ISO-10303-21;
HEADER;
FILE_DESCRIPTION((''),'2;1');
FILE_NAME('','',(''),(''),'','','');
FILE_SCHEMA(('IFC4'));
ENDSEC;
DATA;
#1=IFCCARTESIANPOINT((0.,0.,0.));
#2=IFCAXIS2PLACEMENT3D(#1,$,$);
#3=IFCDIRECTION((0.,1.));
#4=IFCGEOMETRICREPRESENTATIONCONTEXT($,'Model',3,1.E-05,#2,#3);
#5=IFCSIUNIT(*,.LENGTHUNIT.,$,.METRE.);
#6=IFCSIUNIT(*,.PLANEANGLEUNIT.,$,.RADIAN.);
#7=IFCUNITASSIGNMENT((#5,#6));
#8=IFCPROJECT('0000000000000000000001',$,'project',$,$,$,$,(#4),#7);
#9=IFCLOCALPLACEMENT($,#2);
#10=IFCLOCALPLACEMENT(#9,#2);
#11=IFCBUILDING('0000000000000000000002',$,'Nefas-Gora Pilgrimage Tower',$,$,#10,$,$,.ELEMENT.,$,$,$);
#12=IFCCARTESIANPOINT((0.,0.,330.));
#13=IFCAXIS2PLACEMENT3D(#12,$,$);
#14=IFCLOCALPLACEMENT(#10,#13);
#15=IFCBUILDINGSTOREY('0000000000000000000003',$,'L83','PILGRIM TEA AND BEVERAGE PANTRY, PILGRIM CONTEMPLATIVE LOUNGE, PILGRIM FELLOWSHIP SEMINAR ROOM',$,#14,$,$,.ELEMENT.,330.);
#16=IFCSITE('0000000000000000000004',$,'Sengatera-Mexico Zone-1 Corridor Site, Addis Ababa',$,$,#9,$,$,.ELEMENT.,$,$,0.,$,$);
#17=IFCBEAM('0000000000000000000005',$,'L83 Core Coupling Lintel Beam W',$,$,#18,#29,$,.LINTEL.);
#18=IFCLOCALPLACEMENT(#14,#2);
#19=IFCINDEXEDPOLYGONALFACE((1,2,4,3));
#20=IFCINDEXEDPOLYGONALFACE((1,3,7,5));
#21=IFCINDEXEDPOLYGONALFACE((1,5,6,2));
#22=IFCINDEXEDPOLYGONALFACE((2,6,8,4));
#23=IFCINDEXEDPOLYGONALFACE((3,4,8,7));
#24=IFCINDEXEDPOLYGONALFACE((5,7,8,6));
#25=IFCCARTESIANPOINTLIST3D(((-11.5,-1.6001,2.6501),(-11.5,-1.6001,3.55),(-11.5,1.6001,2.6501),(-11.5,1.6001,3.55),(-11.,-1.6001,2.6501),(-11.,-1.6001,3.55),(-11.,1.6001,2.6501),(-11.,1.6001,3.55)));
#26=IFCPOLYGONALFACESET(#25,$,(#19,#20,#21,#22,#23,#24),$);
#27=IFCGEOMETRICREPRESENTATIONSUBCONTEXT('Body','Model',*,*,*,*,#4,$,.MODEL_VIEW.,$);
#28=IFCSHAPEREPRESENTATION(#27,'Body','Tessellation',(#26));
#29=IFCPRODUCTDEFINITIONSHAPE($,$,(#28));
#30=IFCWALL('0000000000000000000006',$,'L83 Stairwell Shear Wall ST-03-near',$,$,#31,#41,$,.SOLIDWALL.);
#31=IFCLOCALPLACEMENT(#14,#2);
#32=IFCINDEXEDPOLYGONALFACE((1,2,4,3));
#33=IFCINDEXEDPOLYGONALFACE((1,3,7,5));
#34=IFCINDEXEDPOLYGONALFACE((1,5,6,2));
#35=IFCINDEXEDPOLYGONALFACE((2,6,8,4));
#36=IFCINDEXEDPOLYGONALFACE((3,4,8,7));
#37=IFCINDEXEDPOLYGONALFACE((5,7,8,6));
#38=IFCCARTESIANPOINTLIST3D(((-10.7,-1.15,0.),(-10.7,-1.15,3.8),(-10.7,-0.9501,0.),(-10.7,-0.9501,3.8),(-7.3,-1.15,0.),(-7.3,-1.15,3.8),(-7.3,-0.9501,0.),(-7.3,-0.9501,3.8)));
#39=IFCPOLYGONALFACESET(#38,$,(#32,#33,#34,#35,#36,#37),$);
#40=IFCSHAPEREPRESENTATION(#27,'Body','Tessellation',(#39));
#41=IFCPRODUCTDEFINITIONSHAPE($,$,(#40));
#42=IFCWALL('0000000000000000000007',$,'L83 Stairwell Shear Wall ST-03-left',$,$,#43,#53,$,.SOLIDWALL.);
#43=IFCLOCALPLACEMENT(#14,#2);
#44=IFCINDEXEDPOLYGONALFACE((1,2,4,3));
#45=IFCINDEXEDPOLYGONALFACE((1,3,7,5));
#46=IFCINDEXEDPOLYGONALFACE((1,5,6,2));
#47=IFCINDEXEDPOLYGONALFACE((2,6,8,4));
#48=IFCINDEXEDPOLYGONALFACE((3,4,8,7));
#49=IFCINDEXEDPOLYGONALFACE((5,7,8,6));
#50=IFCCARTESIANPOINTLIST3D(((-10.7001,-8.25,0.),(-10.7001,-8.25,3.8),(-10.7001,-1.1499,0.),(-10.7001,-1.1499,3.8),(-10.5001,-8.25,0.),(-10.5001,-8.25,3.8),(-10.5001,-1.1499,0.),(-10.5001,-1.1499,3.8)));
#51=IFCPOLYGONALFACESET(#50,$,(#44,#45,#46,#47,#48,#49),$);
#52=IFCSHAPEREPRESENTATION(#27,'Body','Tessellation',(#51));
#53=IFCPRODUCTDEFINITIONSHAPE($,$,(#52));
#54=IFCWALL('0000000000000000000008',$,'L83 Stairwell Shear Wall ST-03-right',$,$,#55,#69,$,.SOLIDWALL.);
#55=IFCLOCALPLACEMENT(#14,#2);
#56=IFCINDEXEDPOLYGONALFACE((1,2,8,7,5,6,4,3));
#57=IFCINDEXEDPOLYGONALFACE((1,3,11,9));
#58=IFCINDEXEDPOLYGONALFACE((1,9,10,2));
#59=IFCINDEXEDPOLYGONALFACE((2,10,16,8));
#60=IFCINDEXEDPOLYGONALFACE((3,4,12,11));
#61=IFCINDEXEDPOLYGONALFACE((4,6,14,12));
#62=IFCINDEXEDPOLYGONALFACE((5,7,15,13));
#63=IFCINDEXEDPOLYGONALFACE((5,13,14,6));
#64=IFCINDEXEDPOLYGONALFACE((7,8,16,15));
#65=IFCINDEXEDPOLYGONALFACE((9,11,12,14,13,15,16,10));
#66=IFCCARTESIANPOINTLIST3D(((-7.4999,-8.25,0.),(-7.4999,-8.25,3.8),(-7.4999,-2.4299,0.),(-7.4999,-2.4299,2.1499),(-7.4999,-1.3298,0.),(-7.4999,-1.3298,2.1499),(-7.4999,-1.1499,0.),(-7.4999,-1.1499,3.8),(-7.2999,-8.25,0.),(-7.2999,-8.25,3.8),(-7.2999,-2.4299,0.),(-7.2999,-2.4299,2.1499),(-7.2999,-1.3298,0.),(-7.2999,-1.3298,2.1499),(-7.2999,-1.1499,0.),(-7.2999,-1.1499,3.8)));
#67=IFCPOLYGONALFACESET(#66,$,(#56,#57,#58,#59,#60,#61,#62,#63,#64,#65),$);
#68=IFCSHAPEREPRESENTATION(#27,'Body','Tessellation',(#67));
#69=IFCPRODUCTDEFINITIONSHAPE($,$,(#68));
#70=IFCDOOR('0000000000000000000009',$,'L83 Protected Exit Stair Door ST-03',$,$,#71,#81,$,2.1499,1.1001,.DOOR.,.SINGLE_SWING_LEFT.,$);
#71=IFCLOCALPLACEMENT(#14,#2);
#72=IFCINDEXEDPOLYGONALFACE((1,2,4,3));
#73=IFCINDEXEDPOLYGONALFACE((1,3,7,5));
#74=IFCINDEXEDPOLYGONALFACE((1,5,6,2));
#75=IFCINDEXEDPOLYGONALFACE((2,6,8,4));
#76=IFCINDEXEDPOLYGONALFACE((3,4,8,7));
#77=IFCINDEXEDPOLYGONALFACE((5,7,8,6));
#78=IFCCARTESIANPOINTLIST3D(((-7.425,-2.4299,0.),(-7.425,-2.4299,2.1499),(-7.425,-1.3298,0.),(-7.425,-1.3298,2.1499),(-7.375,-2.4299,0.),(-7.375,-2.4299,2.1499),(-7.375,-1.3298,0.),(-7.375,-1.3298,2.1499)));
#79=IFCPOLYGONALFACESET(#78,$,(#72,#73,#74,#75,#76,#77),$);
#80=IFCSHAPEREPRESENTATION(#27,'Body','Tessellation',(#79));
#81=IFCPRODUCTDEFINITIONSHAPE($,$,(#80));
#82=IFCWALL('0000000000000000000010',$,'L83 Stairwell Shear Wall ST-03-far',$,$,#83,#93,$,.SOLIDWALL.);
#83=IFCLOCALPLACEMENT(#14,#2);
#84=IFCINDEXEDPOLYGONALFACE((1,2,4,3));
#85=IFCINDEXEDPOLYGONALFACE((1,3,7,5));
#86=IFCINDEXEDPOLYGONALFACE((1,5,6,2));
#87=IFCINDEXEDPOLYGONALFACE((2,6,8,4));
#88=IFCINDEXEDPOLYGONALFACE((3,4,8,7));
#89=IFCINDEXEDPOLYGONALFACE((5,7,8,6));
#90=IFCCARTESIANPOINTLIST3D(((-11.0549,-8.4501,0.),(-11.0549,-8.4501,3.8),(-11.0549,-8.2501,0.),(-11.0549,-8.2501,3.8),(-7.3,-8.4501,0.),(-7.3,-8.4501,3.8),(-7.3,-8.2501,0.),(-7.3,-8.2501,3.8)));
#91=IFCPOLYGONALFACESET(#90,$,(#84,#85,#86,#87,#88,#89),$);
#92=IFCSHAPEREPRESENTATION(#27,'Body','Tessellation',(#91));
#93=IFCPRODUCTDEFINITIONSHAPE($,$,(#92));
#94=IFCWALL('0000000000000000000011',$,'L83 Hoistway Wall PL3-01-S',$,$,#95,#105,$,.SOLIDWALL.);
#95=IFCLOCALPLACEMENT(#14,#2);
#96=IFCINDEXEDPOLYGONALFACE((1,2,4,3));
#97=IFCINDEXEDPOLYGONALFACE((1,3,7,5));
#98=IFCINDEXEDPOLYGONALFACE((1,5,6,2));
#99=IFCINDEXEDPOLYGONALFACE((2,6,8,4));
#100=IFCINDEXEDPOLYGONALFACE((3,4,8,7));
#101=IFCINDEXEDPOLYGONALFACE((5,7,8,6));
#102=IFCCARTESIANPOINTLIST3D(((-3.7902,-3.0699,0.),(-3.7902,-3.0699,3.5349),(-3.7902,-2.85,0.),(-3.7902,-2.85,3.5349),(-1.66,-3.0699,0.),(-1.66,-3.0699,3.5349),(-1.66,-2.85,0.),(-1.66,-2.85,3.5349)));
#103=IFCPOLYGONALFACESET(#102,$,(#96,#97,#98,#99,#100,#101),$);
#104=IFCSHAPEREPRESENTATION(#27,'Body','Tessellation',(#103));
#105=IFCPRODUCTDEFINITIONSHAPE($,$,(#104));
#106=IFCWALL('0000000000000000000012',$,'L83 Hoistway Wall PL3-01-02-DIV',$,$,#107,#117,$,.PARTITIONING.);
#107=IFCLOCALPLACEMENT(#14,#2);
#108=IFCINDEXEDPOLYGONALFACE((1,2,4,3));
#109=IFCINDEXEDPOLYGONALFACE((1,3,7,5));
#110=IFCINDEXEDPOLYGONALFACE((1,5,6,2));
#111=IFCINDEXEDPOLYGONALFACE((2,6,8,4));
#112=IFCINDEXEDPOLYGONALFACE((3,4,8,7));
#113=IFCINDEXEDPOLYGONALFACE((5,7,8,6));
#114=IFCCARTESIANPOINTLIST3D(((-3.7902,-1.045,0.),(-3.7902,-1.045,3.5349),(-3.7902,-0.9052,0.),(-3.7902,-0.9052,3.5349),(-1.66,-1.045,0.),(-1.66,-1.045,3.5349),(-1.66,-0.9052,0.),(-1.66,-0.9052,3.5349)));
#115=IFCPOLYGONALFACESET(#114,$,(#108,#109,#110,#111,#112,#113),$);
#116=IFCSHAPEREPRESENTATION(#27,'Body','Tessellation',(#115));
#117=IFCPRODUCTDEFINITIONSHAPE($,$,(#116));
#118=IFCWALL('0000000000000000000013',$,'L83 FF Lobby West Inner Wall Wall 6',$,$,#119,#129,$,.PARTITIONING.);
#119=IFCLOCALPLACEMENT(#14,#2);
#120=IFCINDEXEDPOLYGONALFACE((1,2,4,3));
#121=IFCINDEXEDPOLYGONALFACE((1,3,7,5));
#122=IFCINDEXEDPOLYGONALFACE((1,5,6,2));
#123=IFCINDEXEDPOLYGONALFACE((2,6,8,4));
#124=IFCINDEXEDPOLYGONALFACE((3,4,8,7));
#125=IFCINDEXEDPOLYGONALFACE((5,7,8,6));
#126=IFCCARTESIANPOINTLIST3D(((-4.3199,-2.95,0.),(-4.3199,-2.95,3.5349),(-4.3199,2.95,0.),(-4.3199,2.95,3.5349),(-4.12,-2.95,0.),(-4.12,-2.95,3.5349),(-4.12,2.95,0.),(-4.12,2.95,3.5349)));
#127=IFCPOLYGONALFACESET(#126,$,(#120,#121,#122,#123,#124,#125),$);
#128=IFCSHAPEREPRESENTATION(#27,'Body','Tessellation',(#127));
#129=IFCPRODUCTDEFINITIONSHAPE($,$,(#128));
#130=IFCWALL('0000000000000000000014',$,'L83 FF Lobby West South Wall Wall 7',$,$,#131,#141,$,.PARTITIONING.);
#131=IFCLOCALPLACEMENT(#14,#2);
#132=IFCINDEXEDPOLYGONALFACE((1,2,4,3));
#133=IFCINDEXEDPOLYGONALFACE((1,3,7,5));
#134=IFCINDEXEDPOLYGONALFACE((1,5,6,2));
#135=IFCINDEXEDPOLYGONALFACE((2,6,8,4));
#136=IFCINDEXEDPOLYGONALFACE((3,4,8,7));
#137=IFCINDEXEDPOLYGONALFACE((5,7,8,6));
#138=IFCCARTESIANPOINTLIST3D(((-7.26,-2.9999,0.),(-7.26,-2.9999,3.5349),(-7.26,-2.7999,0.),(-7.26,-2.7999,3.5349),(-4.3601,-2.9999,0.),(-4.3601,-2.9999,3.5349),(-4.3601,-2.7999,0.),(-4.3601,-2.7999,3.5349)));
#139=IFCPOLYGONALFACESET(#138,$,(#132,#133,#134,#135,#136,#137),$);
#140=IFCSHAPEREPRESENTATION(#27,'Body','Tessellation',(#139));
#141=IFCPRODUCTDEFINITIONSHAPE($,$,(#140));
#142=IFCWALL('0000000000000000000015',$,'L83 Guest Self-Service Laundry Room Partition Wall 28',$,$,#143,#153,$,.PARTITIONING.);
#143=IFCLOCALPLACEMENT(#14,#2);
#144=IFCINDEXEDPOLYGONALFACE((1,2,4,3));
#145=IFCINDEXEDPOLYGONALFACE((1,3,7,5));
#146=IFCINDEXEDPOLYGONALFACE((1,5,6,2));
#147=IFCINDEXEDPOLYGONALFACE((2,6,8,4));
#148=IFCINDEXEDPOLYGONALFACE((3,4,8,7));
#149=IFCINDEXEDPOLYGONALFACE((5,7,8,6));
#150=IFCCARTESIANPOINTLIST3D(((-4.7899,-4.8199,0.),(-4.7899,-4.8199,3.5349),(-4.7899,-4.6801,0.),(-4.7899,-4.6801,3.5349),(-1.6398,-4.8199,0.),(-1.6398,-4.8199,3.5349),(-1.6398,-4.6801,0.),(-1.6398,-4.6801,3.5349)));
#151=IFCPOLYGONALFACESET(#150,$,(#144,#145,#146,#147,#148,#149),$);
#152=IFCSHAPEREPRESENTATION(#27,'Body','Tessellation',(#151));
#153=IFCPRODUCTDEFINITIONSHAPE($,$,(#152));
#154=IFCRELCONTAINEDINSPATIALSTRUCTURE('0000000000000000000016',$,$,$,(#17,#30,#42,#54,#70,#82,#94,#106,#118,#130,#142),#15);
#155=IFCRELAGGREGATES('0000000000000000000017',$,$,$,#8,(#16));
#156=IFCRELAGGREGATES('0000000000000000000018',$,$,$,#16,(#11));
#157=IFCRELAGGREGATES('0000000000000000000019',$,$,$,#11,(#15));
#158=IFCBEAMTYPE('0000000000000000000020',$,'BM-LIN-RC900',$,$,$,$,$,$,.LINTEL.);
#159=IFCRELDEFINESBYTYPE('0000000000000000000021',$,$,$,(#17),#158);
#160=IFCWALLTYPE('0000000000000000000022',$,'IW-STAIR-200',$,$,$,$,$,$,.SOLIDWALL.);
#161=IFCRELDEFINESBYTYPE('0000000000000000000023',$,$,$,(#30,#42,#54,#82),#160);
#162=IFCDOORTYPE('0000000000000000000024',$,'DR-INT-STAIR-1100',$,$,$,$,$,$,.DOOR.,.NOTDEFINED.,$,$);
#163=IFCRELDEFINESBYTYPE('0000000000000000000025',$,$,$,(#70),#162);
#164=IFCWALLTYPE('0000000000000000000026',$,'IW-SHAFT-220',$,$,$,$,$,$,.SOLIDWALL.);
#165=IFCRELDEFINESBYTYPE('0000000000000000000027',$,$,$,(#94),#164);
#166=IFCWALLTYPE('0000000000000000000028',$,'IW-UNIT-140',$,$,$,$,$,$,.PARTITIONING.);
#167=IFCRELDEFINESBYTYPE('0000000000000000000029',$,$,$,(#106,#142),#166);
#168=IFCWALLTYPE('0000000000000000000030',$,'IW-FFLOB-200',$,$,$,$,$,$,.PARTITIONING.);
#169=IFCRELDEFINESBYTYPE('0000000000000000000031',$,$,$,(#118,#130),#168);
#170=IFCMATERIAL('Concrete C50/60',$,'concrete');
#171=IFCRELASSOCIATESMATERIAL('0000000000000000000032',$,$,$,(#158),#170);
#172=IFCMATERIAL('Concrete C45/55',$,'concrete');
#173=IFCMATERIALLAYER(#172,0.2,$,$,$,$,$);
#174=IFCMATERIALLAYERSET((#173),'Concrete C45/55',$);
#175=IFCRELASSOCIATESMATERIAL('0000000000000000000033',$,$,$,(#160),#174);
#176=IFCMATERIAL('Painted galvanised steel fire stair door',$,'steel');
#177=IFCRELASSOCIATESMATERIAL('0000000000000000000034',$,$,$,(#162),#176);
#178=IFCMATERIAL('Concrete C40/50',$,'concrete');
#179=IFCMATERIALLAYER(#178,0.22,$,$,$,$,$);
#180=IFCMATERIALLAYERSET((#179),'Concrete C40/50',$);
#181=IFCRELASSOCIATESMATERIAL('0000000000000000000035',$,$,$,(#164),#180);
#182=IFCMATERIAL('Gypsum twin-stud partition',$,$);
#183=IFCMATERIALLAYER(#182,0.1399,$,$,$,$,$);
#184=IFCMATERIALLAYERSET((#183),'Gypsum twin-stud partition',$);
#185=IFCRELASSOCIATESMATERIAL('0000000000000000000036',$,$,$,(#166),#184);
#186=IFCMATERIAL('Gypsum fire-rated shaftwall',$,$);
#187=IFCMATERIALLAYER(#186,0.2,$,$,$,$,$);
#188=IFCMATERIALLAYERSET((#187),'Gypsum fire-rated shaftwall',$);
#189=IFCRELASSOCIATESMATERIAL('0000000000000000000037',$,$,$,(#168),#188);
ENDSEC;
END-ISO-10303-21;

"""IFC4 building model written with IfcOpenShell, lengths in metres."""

from ifc_helpers import new_model, si_unit, direction, frame, frame_2d, origin, origin_2d, place, context, subcontext, project, spatial, rectangle, extrude, source, transform, mapped, material, layer, layer_set, material_profile, profile_set, type_object, element, fill, save


model = new_model("IFC4")

# Units and contexts
model_context = context("Model", 3, precision=1e-05, world=origin(), true_north=direction((0.0, 1.0)))
body_context = subcontext(model_context, "Body", "Model", "MODEL_VIEW")
ifc_project = project(units=[si_unit("LENGTHUNIT", "METRE"), si_unit("PLANEANGLEUNIT", "RADIAN")], contexts=[model_context])

# Site, building, storey
site_placement = place(None, origin())
site = spatial("IfcSite", under=ifc_project, at=site_placement, Name="Sengatera-Mexico Zone-1 Corridor Site, Addis Ababa", CompositionType="ELEMENT", RefElevation=0.0)
building_placement = place(site_placement, origin())
building = spatial("IfcBuilding", under=site, at=building_placement, Name="Nefas-Gora Pilgrimage Tower", CompositionType="ELEMENT")
storey_placement = place(building_placement, frame((0.0, 0.0, 330.0)))
storey = spatial("IfcBuildingStorey", under=building, at=storey_placement, Name="L83", Description="PILGRIM TEA AND BEVERAGE PANTRY, PILGRIM CONTEMPLATIVE LOUNGE, PILGRIM FELLOWSHIP SEMINAR ROOM", CompositionType="ELEMENT", Elevation=330.0)

# Beam
ifc_material_1 = material(Name="Concrete C50/60", Category="concrete")
ifc_material_profile = material_profile(ifc_material_1, rectangle(XDim=0.5, YDim=0.8999, at=origin_2d()), Name="RC 500x900")
ifc_profile_set = profile_set([ifc_material_profile], Name="Concrete C50/60")
beam_type = type_object("IfcBeamType", Name="BM-LIN-RC900", PredefinedType="LINTEL", material=ifc_profile_set)
shared_shape_1 = source(origin(), body_context, "Body", "SweptSolid", [
    extrude(rectangle(XDim=0.5, YDim=0.8999, at=origin_2d()), origin(), (0.0, 0.0, 1.0), 3.2002),
])
beam_placement = place(storey_placement, frame((-11.25, -1.6001, 3.1001), z_axis=(0.0, 1.0, 0.0), x_axis=(-1.0, 0.0, 0.0)))
element("IfcBeam", 1, at=beam_placement, inside=storey, type_object=beam_type, Name="L83 Core Coupling Lintel Beam W", PredefinedType="LINTEL", context=body_context, shape_type="MappedRepresentation", body=[
    mapped(shared_shape_1, transform((0.0, 0.0, 0.0), x_axis=(1.0, 0.0, 0.0), y_axis=(0.0, 1.0, 0.0), z_axis=(0.0, 0.0, 1.0), scale=1.0)),
])

# Walls
ifc_material_2 = material(Name="Concrete C45/55", Category="concrete")
ifc_layer_1 = layer(ifc_material_2, 0.2)
ifc_layer_set_1 = layer_set([ifc_layer_1], Name="Concrete C45/55")
wall_type_1 = type_object("IfcWallType", Name="IW-STAIR-200", PredefinedType="SOLIDWALL", material=ifc_layer_set_1)
shared_shape_2 = source(origin(), body_context, "Body", "SweptSolid", [
    extrude(rectangle(XDim=3.3999, YDim=0.2, at=frame_2d((1.7, 0.0))), origin(), (0.0, 0.0, 1.0), 3.8),
])
wall_1_placement = place(storey_placement, frame((-10.7, -1.05, 0.0), z_axis=(0.0, 0.0, 1.0), x_axis=(1.0, 0.0, 0.0)))
element("IfcWall", 2, at=wall_1_placement, inside=storey, type_object=wall_type_1, Name="L83 Stairwell Shear Wall ST-03-near", PredefinedType="SOLIDWALL", context=body_context, shape_type="MappedRepresentation", body=[
    mapped(shared_shape_2, transform((0.0, 0.0, 0.0), x_axis=(1.0, 0.0, 0.0), y_axis=(0.0, 1.0, 0.0), z_axis=(0.0, 0.0, 1.0), scale=1.0)),
])
shared_shape_3 = source(origin(), body_context, "Body", "SweptSolid", [
    extrude(rectangle(XDim=7.1001, YDim=0.2, at=frame_2d((3.55, 0.0))), origin(), (0.0, 0.0, 1.0), 3.8),
])
wall_2_placement = place(storey_placement, frame((-10.6001, -1.1499, 0.0), z_axis=(0.0, 0.0, 1.0), x_axis=(0.0, -1.0, 0.0)))
element("IfcWall", 3, at=wall_2_placement, inside=storey, type_object=wall_type_1, Name="L83 Stairwell Shear Wall ST-03-left", PredefinedType="SOLIDWALL", context=body_context, shape_type="MappedRepresentation", body=[
    mapped(shared_shape_3, transform((0.0, 0.0, 0.0), x_axis=(1.0, 0.0, 0.0), y_axis=(0.0, 1.0, 0.0), z_axis=(0.0, 0.0, 1.0), scale=1.0)),
])

# Wall, opening, door
wall_3_placement = place(storey_placement, frame((-7.3999, -1.1499, 0.0), z_axis=(0.0, 0.0, 1.0), x_axis=(0.0, -1.0, 0.0)))
wall_3 = element("IfcWall", 4, at=wall_3_placement, inside=storey, type_object=wall_type_1, Name="L83 Stairwell Shear Wall ST-03-right", PredefinedType="SOLIDWALL", context=body_context, shape_type="MappedRepresentation", body=[
    mapped(shared_shape_3, transform((0.0, 0.0, 0.0), x_axis=(1.0, 0.0, 0.0), y_axis=(0.0, 1.0, 0.0), z_axis=(0.0, 0.0, 1.0), scale=1.0)),
])
opening_placement = place(wall_3_placement, frame((0.1799, 0.0, 0.0)))
opening = element("IfcOpeningElement", 5, at=opening_placement, cuts=wall_3, PredefinedType="OPENING", context=body_context, shape_type="SweptSolid", body=[
    extrude(rectangle(XDim=1.1001, YDim=2.1499, at=frame_2d((0.55, 1.075))), frame((0.0, 0.1099, 0.0), z_axis=(0.0, -1.0, 0.0), x_axis=(1.0, 0.0, 0.0)), (0.0, 0.0, 1.0), 0.22),
])
ifc_material_3 = material(Name="Painted galvanised steel fire stair door", Category="steel")
door_type = type_object("IfcDoorType", Name="DR-INT-STAIR-1100", OperationType="NOTDEFINED", PredefinedType="DOOR", material=ifc_material_3)
shared_shape_4 = source(origin(), body_context, "Body", "SweptSolid", [
    extrude(rectangle(XDim=1.1001, YDim=2.1499, at=frame_2d((0.55, 1.075))), frame((0.0, 0.0249, 0.0), z_axis=(0.0, -1.0, 0.0), x_axis=(1.0, 0.0, 0.0)), (0.0, 0.0, 1.0), 0.05),
])
door_placement = place(opening_placement, origin())
door = element("IfcDoor", 6, at=door_placement, inside=storey, type_object=door_type, Name="L83 Protected Exit Stair Door ST-03", OperationType="SINGLE_SWING_LEFT", OverallHeight=2.1499, OverallWidth=1.1001, PredefinedType="DOOR", context=body_context, shape_type="MappedRepresentation", body=[
    mapped(shared_shape_4, transform((0.0, 0.0, 0.0), x_axis=(1.0, 0.0, 0.0), y_axis=(0.0, 1.0, 0.0), z_axis=(0.0, 0.0, 1.0), scale=1.0)),
])
fill(opening, door)

# Walls
shared_shape_5 = source(origin(), body_context, "Body", "SweptSolid", [
    extrude(rectangle(XDim=3.7549, YDim=0.2, at=frame_2d((1.8774, 0.0))), origin(), (0.0, 0.0, 1.0), 3.8),
])
wall_4_placement = place(storey_placement, frame((-11.0549, -8.3501, 0.0), z_axis=(0.0, 0.0, 1.0), x_axis=(1.0, 0.0, 0.0)))
element("IfcWall", 7, at=wall_4_placement, inside=storey, type_object=wall_type_1, Name="L83 Stairwell Shear Wall ST-03-far", PredefinedType="SOLIDWALL", context=body_context, shape_type="MappedRepresentation", body=[
    mapped(shared_shape_5, transform((0.0, 0.0, 0.0), x_axis=(1.0, 0.0, 0.0), y_axis=(0.0, 1.0, 0.0), z_axis=(0.0, 0.0, 1.0), scale=1.0)),
])
ifc_material_4 = material(Name="Concrete C40/50", Category="concrete")
ifc_layer_2 = layer(ifc_material_4, 0.22)
ifc_layer_set_2 = layer_set([ifc_layer_2], Name="Concrete C40/50")
wall_type_2 = type_object("IfcWallType", Name="IW-SHAFT-220", PredefinedType="SOLIDWALL", material=ifc_layer_set_2)
shared_shape_6 = source(origin(), body_context, "Body", "SweptSolid", [
    extrude(rectangle(XDim=2.1301, YDim=0.22, at=frame_2d((1.0649, 0.0))), origin(), (0.0, 0.0, 1.0), 3.5349),
])
wall_5_placement = place(storey_placement, frame((-3.79, -2.96, 0.0), z_axis=(0.0, 0.0, 1.0), x_axis=(1.0, 0.0, 0.0)))
element("IfcWall", 8, at=wall_5_placement, inside=storey, type_object=wall_type_2, Name="L83 Hoistway Wall PL3-01-S", PredefinedType="SOLIDWALL", context=body_context, shape_type="MappedRepresentation", body=[
    mapped(shared_shape_6, transform((0.0, 0.0, 0.0), x_axis=(1.0, 0.0, 0.0), y_axis=(0.0, 1.0, 0.0), z_axis=(0.0, 0.0, 1.0), scale=1.0)),
])
ifc_material_5 = material(Name="Gypsum twin-stud partition")
ifc_layer_3 = layer(ifc_material_5, 0.1399)
ifc_layer_set_3 = layer_set([ifc_layer_3], Name="Gypsum twin-stud partition")
wall_type_3 = type_object("IfcWallType", Name="IW-UNIT-140", PredefinedType="PARTITIONING", material=ifc_layer_set_3)
shared_shape_7 = source(origin(), body_context, "Body", "SweptSolid", [
    extrude(rectangle(XDim=2.1301, YDim=0.1399, at=frame_2d((1.0649, 0.0))), origin(), (0.0, 0.0, 1.0), 3.5349),
])
wall_6_placement = place(storey_placement, frame((-3.79, -0.9751, 0.0), z_axis=(0.0, 0.0, 1.0), x_axis=(1.0, 0.0, 0.0)))
element("IfcWall", 9, at=wall_6_placement, inside=storey, type_object=wall_type_3, Name="L83 Hoistway Wall PL3-01-02-DIV", PredefinedType="PARTITIONING", context=body_context, shape_type="MappedRepresentation", body=[
    mapped(shared_shape_7, transform((0.0, 0.0, 0.0), x_axis=(1.0, 0.0, 0.0), y_axis=(0.0, 1.0, 0.0), z_axis=(0.0, 0.0, 1.0), scale=1.0)),
])
ifc_material_6 = material(Name="Gypsum fire-rated shaftwall")
ifc_layer_4 = layer(ifc_material_6, 0.2)
ifc_layer_set_4 = layer_set([ifc_layer_4], Name="Gypsum fire-rated shaftwall")
wall_type_4 = type_object("IfcWallType", Name="IW-FFLOB-200", PredefinedType="PARTITIONING", material=ifc_layer_set_4)
shared_shape_8 = source(origin(), body_context, "Body", "SweptSolid", [
    extrude(rectangle(XDim=5.8999, YDim=0.2, at=frame_2d((2.95, 0.0))), origin(), (0.0, 0.0, 1.0), 3.5349),
])
wall_7_placement = place(storey_placement, frame((-4.22, -2.95, 0.0), z_axis=(0.0, 0.0, 1.0), x_axis=(0.0, 1.0, 0.0)))
element("IfcWall", 10, at=wall_7_placement, inside=storey, type_object=wall_type_4, Name="L83 FF Lobby West Inner Wall Wall 6", PredefinedType="PARTITIONING", context=body_context, shape_type="MappedRepresentation", body=[
    mapped(shared_shape_8, transform((0.0, 0.0, 0.0), x_axis=(1.0, 0.0, 0.0), y_axis=(0.0, 1.0, 0.0), z_axis=(0.0, 0.0, 1.0), scale=1.0)),
])
shared_shape_9 = source(origin(), body_context, "Body", "SweptSolid", [
    extrude(rectangle(XDim=2.8999, YDim=0.2, at=frame_2d((1.45, 0.0))), origin(), (0.0, 0.0, 1.0), 3.5349),
])
wall_8_placement = place(storey_placement, frame((-7.26, -2.8999, 0.0), z_axis=(0.0, 0.0, 1.0), x_axis=(1.0, 0.0, 0.0)))
element("IfcWall", 11, at=wall_8_placement, inside=storey, type_object=wall_type_4, Name="L83 FF Lobby West South Wall Wall 7", PredefinedType="PARTITIONING", context=body_context, shape_type="MappedRepresentation", body=[
    mapped(shared_shape_9, transform((0.0, 0.0, 0.0), x_axis=(1.0, 0.0, 0.0), y_axis=(0.0, 1.0, 0.0), z_axis=(0.0, 0.0, 1.0), scale=1.0)),
])
shared_shape_10 = source(origin(), body_context, "Body", "SweptSolid", [
    extrude(rectangle(XDim=3.1501, YDim=0.1399, at=frame_2d((1.5752, 0.0))), origin(), (0.0, 0.0, 1.0), 3.5349),
])
wall_9_placement = place(storey_placement, frame((-4.79, -4.75, 0.0), z_axis=(0.0, 0.0, 1.0), x_axis=(1.0, 0.0, 0.0)))
element("IfcWall", 12, at=wall_9_placement, inside=storey, type_object=wall_type_3, Name="L83 Guest Self-Service Laundry Room Partition Wall 28", PredefinedType="PARTITIONING", context=body_context, shape_type="MappedRepresentation", body=[
    mapped(shared_shape_10, transform((0.0, 0.0, 0.0), x_axis=(1.0, 0.0, 0.0), y_axis=(0.0, 1.0, 0.0), z_axis=(0.0, 0.0, 1.0), scale=1.0)),
])

save(model, "model.ifc")
